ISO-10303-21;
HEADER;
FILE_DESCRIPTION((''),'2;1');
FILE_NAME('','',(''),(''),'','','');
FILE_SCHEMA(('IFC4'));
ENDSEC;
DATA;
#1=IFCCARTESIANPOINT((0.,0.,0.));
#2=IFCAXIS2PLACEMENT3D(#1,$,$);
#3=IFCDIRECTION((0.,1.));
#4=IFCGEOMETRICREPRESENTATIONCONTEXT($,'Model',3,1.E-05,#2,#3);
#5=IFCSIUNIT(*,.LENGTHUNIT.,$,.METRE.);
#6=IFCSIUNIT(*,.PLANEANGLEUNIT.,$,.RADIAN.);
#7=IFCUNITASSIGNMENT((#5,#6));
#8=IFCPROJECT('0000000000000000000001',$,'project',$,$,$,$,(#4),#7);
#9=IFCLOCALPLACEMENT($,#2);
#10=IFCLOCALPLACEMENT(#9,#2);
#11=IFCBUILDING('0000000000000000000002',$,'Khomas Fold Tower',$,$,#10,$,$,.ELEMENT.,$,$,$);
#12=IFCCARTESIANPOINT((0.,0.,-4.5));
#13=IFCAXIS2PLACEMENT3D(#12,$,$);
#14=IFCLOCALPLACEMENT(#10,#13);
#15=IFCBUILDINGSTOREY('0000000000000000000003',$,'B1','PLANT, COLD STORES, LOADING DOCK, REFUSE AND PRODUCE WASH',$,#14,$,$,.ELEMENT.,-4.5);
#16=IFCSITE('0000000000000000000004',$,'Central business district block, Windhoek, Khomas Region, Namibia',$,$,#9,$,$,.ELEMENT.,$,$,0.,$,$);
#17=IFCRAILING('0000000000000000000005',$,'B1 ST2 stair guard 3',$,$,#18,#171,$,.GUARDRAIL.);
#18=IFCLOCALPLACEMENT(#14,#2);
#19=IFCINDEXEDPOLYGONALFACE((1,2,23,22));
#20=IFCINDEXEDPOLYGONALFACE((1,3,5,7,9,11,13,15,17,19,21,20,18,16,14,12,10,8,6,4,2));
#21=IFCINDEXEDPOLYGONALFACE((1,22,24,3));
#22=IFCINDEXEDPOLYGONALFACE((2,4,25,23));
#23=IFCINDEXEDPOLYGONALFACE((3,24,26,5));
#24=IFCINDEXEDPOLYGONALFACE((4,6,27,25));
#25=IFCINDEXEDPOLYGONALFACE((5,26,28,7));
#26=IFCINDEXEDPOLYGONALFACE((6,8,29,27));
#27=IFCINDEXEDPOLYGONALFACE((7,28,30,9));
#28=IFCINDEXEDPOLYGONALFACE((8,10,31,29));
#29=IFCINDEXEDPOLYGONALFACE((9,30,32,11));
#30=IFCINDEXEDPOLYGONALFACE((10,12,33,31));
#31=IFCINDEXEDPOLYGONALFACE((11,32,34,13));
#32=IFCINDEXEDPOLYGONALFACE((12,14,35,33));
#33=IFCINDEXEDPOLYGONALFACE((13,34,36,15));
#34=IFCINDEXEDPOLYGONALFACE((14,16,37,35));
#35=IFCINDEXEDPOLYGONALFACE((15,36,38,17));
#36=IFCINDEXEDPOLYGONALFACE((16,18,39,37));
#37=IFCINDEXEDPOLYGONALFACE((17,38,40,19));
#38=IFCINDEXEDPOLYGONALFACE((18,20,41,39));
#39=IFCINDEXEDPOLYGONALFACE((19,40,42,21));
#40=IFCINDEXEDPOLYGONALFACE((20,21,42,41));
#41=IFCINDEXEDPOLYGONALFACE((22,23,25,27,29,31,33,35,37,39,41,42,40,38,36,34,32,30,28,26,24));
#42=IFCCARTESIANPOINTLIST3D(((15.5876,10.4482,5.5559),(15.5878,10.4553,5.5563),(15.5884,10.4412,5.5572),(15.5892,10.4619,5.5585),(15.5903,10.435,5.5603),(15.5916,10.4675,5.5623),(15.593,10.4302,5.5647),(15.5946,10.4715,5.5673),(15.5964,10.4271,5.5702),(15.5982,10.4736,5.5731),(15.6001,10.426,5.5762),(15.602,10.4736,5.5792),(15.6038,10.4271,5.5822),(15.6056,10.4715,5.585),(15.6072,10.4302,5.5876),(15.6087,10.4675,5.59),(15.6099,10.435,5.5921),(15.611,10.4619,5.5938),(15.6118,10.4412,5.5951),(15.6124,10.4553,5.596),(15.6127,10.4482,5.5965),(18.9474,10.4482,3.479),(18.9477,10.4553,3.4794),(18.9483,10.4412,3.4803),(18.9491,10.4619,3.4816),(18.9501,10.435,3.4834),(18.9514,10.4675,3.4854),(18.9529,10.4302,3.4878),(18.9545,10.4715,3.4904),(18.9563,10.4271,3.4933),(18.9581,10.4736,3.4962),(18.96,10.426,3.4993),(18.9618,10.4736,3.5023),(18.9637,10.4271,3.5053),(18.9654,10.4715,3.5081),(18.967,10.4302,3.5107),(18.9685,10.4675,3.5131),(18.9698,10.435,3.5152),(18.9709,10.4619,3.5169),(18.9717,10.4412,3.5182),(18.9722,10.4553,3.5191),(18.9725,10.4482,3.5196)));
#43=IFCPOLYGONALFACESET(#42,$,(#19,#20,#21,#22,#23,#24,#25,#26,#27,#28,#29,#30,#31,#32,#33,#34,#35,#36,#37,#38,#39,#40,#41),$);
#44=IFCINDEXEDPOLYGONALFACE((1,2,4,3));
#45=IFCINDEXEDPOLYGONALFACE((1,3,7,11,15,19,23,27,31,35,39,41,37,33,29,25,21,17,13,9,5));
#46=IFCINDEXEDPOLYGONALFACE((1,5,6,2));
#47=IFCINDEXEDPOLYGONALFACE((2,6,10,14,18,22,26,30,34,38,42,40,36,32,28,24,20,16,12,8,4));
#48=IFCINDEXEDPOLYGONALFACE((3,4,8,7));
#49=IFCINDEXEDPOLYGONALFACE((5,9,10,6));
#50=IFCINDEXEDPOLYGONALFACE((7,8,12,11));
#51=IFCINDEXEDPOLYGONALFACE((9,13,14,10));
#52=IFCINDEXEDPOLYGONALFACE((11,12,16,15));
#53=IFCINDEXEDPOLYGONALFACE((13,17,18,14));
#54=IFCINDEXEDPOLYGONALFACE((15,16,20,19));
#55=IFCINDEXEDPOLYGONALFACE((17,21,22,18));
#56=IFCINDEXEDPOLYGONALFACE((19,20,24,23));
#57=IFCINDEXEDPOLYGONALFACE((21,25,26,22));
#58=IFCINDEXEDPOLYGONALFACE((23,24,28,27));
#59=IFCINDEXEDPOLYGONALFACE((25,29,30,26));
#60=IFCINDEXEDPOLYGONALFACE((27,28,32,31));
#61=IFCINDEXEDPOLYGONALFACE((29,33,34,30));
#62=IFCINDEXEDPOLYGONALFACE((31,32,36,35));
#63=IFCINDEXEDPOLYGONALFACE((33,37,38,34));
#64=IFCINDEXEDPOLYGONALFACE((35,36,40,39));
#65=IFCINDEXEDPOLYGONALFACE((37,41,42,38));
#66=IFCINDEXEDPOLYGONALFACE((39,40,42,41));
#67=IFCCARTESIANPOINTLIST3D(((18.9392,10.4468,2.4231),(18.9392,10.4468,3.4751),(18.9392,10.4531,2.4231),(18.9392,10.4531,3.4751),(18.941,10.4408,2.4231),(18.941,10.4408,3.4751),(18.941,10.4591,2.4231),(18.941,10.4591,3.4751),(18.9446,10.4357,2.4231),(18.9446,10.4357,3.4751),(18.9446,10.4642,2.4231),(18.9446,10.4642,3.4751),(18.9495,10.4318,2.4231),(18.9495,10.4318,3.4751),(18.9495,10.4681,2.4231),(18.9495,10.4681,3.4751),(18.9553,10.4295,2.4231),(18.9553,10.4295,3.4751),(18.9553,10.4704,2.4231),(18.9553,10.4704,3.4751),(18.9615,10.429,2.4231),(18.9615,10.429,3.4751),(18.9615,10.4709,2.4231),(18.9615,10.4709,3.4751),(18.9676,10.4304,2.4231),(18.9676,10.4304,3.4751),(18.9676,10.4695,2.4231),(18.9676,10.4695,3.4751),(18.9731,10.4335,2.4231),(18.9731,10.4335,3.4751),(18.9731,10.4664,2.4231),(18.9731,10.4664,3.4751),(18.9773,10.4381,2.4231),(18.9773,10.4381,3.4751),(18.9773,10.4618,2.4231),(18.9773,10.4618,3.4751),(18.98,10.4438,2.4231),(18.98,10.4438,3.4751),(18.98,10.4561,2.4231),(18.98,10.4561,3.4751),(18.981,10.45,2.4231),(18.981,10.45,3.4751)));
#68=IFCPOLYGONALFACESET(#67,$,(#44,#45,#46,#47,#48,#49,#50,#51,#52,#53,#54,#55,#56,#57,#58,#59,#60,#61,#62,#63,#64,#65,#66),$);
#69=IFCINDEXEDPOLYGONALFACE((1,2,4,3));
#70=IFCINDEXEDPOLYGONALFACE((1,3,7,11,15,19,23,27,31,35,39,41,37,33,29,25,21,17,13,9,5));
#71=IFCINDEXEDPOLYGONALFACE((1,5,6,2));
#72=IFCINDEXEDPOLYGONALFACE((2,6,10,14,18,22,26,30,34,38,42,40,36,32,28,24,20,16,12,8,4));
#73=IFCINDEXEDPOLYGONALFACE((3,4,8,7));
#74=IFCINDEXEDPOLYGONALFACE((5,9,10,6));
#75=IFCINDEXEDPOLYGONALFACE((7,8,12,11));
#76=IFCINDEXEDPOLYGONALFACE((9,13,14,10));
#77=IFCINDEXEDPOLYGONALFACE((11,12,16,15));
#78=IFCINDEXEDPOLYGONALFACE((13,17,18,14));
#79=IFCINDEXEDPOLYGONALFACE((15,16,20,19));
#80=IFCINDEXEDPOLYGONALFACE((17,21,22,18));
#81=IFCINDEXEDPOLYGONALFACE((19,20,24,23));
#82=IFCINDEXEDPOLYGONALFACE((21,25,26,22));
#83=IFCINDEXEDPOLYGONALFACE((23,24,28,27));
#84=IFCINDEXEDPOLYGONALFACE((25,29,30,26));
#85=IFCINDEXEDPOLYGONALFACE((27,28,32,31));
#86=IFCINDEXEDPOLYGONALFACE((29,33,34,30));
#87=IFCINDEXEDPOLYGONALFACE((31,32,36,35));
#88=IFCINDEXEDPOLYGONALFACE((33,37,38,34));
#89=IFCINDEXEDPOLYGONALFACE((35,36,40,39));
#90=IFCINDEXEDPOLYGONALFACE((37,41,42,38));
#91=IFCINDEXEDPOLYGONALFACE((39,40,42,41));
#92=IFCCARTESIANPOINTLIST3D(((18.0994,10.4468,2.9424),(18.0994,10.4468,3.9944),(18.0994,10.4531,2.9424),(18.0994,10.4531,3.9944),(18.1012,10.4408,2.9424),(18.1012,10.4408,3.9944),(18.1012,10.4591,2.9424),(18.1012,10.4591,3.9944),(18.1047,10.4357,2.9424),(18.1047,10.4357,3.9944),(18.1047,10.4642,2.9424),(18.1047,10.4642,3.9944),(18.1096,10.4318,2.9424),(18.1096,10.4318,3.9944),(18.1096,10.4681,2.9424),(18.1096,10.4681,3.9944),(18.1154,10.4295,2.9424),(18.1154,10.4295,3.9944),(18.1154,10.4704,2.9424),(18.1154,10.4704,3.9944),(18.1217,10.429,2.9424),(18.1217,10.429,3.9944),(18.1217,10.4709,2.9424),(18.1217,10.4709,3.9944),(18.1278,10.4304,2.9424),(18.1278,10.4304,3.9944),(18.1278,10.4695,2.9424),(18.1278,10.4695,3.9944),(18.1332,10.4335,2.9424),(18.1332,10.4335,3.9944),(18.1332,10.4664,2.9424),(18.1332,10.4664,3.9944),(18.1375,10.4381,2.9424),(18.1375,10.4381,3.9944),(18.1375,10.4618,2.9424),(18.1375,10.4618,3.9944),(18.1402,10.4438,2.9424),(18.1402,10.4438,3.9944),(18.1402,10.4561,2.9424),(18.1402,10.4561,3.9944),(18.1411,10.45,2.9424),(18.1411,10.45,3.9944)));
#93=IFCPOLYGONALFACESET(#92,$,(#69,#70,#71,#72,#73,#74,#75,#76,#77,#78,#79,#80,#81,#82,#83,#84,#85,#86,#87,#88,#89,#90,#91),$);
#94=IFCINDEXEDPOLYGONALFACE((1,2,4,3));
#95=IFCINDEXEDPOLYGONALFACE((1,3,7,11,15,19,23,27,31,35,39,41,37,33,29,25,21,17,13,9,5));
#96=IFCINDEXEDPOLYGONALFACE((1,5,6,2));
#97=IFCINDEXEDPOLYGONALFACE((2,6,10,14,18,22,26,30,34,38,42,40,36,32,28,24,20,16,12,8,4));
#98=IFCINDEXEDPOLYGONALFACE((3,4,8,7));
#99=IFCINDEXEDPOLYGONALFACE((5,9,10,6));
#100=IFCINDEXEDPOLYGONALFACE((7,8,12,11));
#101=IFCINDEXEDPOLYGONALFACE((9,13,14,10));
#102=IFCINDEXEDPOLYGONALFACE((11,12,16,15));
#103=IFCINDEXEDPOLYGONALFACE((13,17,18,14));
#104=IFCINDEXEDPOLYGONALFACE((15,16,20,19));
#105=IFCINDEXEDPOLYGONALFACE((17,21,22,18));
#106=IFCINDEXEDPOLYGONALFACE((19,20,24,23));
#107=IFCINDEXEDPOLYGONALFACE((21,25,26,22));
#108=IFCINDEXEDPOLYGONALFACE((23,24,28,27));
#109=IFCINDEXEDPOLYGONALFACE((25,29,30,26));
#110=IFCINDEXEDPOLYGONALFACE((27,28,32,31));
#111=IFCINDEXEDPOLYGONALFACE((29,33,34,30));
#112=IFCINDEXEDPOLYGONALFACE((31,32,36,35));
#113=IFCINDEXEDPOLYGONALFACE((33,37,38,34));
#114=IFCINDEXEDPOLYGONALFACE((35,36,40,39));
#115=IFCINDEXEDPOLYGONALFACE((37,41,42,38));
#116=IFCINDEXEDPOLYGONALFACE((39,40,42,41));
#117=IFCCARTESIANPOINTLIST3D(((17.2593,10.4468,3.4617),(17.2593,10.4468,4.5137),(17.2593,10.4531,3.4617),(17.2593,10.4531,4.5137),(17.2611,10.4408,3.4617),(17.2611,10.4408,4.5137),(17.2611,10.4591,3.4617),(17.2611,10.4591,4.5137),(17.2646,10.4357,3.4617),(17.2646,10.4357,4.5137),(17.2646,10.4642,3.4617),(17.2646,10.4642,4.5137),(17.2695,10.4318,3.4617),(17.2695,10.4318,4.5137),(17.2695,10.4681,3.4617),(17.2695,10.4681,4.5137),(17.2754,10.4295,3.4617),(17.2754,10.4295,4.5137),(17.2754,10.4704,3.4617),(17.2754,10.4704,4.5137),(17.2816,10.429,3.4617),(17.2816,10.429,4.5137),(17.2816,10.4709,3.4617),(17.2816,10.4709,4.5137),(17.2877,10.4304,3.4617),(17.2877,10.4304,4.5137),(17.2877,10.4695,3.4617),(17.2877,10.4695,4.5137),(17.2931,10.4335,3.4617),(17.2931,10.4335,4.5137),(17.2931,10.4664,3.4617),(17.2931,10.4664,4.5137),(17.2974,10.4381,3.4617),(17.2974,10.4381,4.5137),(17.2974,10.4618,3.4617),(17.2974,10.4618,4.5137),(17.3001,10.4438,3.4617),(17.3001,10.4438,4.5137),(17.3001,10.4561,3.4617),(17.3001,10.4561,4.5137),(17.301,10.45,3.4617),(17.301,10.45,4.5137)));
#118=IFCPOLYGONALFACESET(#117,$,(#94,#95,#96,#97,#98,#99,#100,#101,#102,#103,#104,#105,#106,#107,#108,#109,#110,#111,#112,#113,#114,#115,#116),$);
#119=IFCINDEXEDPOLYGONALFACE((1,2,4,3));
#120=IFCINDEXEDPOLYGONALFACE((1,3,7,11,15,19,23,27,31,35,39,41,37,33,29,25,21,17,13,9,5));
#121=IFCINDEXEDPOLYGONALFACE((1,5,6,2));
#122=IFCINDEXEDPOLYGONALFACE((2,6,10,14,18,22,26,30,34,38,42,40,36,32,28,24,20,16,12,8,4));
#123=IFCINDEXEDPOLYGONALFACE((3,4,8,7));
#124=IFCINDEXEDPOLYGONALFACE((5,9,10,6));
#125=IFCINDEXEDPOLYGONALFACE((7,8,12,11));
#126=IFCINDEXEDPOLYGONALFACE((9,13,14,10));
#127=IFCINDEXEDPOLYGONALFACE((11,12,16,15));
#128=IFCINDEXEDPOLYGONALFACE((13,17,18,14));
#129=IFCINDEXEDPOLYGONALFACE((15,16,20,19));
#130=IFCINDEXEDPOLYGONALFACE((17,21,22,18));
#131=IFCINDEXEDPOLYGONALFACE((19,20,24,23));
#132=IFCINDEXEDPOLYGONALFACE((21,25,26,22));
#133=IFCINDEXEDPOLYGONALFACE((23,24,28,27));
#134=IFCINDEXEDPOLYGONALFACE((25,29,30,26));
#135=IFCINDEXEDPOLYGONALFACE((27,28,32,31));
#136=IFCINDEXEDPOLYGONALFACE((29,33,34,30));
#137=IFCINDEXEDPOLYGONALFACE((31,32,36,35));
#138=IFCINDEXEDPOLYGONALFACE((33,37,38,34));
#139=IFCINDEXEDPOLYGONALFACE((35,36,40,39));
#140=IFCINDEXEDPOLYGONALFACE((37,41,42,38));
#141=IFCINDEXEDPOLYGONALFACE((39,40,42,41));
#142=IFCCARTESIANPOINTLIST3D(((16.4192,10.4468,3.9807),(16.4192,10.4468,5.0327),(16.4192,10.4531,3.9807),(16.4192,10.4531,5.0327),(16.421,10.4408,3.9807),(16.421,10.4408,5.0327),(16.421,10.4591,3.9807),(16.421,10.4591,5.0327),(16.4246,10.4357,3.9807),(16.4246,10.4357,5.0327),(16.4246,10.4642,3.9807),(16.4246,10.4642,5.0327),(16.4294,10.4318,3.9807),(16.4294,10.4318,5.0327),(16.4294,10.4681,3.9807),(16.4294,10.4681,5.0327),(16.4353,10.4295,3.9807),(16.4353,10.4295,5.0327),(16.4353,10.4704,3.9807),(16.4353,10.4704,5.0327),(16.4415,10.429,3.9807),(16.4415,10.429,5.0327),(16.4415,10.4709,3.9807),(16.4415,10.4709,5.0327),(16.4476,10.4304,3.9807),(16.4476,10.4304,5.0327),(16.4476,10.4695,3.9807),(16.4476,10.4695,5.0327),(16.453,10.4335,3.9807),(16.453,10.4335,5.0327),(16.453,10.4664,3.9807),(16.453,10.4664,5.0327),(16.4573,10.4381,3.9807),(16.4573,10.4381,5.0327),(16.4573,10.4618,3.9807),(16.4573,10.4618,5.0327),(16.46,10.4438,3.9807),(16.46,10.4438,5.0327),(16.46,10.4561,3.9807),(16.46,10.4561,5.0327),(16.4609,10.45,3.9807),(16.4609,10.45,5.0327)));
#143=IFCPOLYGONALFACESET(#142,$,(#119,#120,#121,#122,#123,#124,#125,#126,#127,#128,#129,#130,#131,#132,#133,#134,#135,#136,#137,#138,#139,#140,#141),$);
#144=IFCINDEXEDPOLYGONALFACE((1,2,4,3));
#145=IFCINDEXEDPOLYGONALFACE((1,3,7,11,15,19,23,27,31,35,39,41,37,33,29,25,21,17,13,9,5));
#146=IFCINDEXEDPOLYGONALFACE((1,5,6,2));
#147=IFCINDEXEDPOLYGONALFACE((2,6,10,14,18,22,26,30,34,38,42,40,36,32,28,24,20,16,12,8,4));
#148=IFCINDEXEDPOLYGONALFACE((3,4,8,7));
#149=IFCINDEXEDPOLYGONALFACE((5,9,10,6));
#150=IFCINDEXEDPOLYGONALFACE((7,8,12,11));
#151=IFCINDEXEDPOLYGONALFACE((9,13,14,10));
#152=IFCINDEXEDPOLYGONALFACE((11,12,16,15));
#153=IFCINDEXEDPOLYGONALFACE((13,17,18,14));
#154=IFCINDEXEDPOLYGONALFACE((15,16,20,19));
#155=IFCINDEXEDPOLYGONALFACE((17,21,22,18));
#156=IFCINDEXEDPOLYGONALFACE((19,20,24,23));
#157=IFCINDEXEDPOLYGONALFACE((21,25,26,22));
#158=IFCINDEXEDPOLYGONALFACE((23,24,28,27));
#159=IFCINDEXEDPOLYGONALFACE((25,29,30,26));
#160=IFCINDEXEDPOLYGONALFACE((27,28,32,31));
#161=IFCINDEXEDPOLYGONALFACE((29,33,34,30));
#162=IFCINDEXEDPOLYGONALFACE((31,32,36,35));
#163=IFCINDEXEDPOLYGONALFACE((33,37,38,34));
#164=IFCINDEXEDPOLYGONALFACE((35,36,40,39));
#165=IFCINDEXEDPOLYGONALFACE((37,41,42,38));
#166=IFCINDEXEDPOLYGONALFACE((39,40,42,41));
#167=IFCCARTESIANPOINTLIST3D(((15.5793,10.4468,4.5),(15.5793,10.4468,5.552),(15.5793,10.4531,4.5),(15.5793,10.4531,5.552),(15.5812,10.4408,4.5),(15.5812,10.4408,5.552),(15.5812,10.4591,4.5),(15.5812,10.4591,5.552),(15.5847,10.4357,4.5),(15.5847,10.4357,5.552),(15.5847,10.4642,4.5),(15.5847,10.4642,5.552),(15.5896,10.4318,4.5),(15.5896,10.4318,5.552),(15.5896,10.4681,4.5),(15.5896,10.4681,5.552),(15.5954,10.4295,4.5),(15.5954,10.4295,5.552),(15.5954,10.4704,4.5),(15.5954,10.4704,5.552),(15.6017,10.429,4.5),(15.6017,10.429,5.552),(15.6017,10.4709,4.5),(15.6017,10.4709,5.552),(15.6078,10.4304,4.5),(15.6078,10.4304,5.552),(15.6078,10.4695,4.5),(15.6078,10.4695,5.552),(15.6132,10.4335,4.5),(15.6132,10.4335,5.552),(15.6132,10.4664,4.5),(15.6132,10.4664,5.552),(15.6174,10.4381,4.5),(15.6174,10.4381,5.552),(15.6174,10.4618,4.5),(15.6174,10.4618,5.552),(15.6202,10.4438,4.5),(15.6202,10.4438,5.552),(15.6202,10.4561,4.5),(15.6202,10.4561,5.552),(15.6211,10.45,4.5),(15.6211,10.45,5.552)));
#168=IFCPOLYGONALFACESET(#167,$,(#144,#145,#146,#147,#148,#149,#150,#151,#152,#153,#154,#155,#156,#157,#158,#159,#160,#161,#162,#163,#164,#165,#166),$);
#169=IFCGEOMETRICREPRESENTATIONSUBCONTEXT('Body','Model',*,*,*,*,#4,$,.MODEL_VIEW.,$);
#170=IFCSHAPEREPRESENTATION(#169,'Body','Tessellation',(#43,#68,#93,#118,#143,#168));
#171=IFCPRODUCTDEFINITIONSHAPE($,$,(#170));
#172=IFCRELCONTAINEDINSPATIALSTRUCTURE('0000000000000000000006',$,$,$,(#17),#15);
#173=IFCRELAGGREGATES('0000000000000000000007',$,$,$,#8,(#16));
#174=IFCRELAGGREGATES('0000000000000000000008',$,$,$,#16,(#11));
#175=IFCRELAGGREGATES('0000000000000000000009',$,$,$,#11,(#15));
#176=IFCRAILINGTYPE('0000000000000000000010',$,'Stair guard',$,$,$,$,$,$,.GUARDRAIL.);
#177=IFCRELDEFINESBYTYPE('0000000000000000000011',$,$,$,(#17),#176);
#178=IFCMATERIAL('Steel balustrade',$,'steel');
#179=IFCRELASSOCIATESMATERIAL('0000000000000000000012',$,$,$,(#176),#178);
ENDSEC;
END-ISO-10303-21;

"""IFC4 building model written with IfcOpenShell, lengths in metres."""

from ifc_helpers import new_model, si_unit, direction, frame, origin, origin_2d, place, context, subcontext, project, spatial, circle, extrude, source, transform, mapped, material, type_object, element, save


model = new_model("IFC4")

# Units and contexts
model_context = context("Model", 3, precision=1e-05, world=origin(), true_north=direction((0.0, 1.0)))
body_context = subcontext(model_context, "Body", "Model", "MODEL_VIEW")
ifc_project = project(units=[si_unit("LENGTHUNIT", "METRE"), si_unit("PLANEANGLEUNIT", "RADIAN")], contexts=[model_context])

# Site, building, storey
site_placement = place(None, origin())
site = spatial("IfcSite", under=ifc_project, at=site_placement, Name="Central business district block, Windhoek, Khomas Region, Namibia", CompositionType="ELEMENT", RefElevation=0.0)
building_placement = place(site_placement, origin())
building = spatial("IfcBuilding", under=site, at=building_placement, Name="Khomas Fold Tower", CompositionType="ELEMENT")
storey_placement = place(building_placement, frame((0.0, 0.0, -4.5)))
storey = spatial("IfcBuildingStorey", under=building, at=storey_placement, Name="B1", Description="PLANT, COLD STORES, LOADING DOCK, REFUSE AND PRODUCE WASH", CompositionType="ELEMENT", Elevation=-4.5)

# Railing
ifc_material_1 = material(Name="Steel balustrade", Category="steel")
railing_type_1 = type_object("IfcRailingType", Name="Stair guard", PredefinedType="GUARDRAIL", material=ifc_material_1)
shared_shape_1 = source(origin(), body_context, "Body", "SweptSolid", [
    extrude(circle(Radius=0.0239, at=origin_2d()), frame((0.0, 0.0, 1.0762), z_axis=(-0.850606, 0.0, 0.525803), x_axis=(0.0, -1.0, 0.0)), (0.0, 0.0, 1.0), 3.95),
    extrude(circle(Radius=0.021, at=origin_2d()), origin(), (0.0, 0.0, 1.0), 1.052),
    extrude(circle(Radius=0.021, at=origin_2d()), frame((-0.8398, 0.0, 0.5193)), (0.0, 0.0, 1.0), 1.052),
    extrude(circle(Radius=0.021, at=origin_2d()), frame((-1.6799, 0.0, 1.0386)), (0.0, 0.0, 1.0), 1.052),
    extrude(circle(Radius=0.021, at=origin_2d()), frame((-2.52, 0.0, 1.5576)), (0.0, 0.0, 1.0), 1.052),
    extrude(circle(Radius=0.021, at=origin_2d()), frame((-3.3599, 0.0, 2.0769)), (0.0, 0.0, 1.0), 1.052),
])
railing_1_placement = place(storey_placement, frame((18.96, 10.45, 2.4231)))
element("IfcRailing", 1, at=railing_1_placement, inside=storey, type_object=railing_type_1, Name="B1 ST2 stair guard 3", PredefinedType="GUARDRAIL", context=body_context, shape_type="MappedRepresentation", body=[
    mapped(shared_shape_1, transform((0.0, 0.0, 0.0))),
])

save(model, "model.ifc")
